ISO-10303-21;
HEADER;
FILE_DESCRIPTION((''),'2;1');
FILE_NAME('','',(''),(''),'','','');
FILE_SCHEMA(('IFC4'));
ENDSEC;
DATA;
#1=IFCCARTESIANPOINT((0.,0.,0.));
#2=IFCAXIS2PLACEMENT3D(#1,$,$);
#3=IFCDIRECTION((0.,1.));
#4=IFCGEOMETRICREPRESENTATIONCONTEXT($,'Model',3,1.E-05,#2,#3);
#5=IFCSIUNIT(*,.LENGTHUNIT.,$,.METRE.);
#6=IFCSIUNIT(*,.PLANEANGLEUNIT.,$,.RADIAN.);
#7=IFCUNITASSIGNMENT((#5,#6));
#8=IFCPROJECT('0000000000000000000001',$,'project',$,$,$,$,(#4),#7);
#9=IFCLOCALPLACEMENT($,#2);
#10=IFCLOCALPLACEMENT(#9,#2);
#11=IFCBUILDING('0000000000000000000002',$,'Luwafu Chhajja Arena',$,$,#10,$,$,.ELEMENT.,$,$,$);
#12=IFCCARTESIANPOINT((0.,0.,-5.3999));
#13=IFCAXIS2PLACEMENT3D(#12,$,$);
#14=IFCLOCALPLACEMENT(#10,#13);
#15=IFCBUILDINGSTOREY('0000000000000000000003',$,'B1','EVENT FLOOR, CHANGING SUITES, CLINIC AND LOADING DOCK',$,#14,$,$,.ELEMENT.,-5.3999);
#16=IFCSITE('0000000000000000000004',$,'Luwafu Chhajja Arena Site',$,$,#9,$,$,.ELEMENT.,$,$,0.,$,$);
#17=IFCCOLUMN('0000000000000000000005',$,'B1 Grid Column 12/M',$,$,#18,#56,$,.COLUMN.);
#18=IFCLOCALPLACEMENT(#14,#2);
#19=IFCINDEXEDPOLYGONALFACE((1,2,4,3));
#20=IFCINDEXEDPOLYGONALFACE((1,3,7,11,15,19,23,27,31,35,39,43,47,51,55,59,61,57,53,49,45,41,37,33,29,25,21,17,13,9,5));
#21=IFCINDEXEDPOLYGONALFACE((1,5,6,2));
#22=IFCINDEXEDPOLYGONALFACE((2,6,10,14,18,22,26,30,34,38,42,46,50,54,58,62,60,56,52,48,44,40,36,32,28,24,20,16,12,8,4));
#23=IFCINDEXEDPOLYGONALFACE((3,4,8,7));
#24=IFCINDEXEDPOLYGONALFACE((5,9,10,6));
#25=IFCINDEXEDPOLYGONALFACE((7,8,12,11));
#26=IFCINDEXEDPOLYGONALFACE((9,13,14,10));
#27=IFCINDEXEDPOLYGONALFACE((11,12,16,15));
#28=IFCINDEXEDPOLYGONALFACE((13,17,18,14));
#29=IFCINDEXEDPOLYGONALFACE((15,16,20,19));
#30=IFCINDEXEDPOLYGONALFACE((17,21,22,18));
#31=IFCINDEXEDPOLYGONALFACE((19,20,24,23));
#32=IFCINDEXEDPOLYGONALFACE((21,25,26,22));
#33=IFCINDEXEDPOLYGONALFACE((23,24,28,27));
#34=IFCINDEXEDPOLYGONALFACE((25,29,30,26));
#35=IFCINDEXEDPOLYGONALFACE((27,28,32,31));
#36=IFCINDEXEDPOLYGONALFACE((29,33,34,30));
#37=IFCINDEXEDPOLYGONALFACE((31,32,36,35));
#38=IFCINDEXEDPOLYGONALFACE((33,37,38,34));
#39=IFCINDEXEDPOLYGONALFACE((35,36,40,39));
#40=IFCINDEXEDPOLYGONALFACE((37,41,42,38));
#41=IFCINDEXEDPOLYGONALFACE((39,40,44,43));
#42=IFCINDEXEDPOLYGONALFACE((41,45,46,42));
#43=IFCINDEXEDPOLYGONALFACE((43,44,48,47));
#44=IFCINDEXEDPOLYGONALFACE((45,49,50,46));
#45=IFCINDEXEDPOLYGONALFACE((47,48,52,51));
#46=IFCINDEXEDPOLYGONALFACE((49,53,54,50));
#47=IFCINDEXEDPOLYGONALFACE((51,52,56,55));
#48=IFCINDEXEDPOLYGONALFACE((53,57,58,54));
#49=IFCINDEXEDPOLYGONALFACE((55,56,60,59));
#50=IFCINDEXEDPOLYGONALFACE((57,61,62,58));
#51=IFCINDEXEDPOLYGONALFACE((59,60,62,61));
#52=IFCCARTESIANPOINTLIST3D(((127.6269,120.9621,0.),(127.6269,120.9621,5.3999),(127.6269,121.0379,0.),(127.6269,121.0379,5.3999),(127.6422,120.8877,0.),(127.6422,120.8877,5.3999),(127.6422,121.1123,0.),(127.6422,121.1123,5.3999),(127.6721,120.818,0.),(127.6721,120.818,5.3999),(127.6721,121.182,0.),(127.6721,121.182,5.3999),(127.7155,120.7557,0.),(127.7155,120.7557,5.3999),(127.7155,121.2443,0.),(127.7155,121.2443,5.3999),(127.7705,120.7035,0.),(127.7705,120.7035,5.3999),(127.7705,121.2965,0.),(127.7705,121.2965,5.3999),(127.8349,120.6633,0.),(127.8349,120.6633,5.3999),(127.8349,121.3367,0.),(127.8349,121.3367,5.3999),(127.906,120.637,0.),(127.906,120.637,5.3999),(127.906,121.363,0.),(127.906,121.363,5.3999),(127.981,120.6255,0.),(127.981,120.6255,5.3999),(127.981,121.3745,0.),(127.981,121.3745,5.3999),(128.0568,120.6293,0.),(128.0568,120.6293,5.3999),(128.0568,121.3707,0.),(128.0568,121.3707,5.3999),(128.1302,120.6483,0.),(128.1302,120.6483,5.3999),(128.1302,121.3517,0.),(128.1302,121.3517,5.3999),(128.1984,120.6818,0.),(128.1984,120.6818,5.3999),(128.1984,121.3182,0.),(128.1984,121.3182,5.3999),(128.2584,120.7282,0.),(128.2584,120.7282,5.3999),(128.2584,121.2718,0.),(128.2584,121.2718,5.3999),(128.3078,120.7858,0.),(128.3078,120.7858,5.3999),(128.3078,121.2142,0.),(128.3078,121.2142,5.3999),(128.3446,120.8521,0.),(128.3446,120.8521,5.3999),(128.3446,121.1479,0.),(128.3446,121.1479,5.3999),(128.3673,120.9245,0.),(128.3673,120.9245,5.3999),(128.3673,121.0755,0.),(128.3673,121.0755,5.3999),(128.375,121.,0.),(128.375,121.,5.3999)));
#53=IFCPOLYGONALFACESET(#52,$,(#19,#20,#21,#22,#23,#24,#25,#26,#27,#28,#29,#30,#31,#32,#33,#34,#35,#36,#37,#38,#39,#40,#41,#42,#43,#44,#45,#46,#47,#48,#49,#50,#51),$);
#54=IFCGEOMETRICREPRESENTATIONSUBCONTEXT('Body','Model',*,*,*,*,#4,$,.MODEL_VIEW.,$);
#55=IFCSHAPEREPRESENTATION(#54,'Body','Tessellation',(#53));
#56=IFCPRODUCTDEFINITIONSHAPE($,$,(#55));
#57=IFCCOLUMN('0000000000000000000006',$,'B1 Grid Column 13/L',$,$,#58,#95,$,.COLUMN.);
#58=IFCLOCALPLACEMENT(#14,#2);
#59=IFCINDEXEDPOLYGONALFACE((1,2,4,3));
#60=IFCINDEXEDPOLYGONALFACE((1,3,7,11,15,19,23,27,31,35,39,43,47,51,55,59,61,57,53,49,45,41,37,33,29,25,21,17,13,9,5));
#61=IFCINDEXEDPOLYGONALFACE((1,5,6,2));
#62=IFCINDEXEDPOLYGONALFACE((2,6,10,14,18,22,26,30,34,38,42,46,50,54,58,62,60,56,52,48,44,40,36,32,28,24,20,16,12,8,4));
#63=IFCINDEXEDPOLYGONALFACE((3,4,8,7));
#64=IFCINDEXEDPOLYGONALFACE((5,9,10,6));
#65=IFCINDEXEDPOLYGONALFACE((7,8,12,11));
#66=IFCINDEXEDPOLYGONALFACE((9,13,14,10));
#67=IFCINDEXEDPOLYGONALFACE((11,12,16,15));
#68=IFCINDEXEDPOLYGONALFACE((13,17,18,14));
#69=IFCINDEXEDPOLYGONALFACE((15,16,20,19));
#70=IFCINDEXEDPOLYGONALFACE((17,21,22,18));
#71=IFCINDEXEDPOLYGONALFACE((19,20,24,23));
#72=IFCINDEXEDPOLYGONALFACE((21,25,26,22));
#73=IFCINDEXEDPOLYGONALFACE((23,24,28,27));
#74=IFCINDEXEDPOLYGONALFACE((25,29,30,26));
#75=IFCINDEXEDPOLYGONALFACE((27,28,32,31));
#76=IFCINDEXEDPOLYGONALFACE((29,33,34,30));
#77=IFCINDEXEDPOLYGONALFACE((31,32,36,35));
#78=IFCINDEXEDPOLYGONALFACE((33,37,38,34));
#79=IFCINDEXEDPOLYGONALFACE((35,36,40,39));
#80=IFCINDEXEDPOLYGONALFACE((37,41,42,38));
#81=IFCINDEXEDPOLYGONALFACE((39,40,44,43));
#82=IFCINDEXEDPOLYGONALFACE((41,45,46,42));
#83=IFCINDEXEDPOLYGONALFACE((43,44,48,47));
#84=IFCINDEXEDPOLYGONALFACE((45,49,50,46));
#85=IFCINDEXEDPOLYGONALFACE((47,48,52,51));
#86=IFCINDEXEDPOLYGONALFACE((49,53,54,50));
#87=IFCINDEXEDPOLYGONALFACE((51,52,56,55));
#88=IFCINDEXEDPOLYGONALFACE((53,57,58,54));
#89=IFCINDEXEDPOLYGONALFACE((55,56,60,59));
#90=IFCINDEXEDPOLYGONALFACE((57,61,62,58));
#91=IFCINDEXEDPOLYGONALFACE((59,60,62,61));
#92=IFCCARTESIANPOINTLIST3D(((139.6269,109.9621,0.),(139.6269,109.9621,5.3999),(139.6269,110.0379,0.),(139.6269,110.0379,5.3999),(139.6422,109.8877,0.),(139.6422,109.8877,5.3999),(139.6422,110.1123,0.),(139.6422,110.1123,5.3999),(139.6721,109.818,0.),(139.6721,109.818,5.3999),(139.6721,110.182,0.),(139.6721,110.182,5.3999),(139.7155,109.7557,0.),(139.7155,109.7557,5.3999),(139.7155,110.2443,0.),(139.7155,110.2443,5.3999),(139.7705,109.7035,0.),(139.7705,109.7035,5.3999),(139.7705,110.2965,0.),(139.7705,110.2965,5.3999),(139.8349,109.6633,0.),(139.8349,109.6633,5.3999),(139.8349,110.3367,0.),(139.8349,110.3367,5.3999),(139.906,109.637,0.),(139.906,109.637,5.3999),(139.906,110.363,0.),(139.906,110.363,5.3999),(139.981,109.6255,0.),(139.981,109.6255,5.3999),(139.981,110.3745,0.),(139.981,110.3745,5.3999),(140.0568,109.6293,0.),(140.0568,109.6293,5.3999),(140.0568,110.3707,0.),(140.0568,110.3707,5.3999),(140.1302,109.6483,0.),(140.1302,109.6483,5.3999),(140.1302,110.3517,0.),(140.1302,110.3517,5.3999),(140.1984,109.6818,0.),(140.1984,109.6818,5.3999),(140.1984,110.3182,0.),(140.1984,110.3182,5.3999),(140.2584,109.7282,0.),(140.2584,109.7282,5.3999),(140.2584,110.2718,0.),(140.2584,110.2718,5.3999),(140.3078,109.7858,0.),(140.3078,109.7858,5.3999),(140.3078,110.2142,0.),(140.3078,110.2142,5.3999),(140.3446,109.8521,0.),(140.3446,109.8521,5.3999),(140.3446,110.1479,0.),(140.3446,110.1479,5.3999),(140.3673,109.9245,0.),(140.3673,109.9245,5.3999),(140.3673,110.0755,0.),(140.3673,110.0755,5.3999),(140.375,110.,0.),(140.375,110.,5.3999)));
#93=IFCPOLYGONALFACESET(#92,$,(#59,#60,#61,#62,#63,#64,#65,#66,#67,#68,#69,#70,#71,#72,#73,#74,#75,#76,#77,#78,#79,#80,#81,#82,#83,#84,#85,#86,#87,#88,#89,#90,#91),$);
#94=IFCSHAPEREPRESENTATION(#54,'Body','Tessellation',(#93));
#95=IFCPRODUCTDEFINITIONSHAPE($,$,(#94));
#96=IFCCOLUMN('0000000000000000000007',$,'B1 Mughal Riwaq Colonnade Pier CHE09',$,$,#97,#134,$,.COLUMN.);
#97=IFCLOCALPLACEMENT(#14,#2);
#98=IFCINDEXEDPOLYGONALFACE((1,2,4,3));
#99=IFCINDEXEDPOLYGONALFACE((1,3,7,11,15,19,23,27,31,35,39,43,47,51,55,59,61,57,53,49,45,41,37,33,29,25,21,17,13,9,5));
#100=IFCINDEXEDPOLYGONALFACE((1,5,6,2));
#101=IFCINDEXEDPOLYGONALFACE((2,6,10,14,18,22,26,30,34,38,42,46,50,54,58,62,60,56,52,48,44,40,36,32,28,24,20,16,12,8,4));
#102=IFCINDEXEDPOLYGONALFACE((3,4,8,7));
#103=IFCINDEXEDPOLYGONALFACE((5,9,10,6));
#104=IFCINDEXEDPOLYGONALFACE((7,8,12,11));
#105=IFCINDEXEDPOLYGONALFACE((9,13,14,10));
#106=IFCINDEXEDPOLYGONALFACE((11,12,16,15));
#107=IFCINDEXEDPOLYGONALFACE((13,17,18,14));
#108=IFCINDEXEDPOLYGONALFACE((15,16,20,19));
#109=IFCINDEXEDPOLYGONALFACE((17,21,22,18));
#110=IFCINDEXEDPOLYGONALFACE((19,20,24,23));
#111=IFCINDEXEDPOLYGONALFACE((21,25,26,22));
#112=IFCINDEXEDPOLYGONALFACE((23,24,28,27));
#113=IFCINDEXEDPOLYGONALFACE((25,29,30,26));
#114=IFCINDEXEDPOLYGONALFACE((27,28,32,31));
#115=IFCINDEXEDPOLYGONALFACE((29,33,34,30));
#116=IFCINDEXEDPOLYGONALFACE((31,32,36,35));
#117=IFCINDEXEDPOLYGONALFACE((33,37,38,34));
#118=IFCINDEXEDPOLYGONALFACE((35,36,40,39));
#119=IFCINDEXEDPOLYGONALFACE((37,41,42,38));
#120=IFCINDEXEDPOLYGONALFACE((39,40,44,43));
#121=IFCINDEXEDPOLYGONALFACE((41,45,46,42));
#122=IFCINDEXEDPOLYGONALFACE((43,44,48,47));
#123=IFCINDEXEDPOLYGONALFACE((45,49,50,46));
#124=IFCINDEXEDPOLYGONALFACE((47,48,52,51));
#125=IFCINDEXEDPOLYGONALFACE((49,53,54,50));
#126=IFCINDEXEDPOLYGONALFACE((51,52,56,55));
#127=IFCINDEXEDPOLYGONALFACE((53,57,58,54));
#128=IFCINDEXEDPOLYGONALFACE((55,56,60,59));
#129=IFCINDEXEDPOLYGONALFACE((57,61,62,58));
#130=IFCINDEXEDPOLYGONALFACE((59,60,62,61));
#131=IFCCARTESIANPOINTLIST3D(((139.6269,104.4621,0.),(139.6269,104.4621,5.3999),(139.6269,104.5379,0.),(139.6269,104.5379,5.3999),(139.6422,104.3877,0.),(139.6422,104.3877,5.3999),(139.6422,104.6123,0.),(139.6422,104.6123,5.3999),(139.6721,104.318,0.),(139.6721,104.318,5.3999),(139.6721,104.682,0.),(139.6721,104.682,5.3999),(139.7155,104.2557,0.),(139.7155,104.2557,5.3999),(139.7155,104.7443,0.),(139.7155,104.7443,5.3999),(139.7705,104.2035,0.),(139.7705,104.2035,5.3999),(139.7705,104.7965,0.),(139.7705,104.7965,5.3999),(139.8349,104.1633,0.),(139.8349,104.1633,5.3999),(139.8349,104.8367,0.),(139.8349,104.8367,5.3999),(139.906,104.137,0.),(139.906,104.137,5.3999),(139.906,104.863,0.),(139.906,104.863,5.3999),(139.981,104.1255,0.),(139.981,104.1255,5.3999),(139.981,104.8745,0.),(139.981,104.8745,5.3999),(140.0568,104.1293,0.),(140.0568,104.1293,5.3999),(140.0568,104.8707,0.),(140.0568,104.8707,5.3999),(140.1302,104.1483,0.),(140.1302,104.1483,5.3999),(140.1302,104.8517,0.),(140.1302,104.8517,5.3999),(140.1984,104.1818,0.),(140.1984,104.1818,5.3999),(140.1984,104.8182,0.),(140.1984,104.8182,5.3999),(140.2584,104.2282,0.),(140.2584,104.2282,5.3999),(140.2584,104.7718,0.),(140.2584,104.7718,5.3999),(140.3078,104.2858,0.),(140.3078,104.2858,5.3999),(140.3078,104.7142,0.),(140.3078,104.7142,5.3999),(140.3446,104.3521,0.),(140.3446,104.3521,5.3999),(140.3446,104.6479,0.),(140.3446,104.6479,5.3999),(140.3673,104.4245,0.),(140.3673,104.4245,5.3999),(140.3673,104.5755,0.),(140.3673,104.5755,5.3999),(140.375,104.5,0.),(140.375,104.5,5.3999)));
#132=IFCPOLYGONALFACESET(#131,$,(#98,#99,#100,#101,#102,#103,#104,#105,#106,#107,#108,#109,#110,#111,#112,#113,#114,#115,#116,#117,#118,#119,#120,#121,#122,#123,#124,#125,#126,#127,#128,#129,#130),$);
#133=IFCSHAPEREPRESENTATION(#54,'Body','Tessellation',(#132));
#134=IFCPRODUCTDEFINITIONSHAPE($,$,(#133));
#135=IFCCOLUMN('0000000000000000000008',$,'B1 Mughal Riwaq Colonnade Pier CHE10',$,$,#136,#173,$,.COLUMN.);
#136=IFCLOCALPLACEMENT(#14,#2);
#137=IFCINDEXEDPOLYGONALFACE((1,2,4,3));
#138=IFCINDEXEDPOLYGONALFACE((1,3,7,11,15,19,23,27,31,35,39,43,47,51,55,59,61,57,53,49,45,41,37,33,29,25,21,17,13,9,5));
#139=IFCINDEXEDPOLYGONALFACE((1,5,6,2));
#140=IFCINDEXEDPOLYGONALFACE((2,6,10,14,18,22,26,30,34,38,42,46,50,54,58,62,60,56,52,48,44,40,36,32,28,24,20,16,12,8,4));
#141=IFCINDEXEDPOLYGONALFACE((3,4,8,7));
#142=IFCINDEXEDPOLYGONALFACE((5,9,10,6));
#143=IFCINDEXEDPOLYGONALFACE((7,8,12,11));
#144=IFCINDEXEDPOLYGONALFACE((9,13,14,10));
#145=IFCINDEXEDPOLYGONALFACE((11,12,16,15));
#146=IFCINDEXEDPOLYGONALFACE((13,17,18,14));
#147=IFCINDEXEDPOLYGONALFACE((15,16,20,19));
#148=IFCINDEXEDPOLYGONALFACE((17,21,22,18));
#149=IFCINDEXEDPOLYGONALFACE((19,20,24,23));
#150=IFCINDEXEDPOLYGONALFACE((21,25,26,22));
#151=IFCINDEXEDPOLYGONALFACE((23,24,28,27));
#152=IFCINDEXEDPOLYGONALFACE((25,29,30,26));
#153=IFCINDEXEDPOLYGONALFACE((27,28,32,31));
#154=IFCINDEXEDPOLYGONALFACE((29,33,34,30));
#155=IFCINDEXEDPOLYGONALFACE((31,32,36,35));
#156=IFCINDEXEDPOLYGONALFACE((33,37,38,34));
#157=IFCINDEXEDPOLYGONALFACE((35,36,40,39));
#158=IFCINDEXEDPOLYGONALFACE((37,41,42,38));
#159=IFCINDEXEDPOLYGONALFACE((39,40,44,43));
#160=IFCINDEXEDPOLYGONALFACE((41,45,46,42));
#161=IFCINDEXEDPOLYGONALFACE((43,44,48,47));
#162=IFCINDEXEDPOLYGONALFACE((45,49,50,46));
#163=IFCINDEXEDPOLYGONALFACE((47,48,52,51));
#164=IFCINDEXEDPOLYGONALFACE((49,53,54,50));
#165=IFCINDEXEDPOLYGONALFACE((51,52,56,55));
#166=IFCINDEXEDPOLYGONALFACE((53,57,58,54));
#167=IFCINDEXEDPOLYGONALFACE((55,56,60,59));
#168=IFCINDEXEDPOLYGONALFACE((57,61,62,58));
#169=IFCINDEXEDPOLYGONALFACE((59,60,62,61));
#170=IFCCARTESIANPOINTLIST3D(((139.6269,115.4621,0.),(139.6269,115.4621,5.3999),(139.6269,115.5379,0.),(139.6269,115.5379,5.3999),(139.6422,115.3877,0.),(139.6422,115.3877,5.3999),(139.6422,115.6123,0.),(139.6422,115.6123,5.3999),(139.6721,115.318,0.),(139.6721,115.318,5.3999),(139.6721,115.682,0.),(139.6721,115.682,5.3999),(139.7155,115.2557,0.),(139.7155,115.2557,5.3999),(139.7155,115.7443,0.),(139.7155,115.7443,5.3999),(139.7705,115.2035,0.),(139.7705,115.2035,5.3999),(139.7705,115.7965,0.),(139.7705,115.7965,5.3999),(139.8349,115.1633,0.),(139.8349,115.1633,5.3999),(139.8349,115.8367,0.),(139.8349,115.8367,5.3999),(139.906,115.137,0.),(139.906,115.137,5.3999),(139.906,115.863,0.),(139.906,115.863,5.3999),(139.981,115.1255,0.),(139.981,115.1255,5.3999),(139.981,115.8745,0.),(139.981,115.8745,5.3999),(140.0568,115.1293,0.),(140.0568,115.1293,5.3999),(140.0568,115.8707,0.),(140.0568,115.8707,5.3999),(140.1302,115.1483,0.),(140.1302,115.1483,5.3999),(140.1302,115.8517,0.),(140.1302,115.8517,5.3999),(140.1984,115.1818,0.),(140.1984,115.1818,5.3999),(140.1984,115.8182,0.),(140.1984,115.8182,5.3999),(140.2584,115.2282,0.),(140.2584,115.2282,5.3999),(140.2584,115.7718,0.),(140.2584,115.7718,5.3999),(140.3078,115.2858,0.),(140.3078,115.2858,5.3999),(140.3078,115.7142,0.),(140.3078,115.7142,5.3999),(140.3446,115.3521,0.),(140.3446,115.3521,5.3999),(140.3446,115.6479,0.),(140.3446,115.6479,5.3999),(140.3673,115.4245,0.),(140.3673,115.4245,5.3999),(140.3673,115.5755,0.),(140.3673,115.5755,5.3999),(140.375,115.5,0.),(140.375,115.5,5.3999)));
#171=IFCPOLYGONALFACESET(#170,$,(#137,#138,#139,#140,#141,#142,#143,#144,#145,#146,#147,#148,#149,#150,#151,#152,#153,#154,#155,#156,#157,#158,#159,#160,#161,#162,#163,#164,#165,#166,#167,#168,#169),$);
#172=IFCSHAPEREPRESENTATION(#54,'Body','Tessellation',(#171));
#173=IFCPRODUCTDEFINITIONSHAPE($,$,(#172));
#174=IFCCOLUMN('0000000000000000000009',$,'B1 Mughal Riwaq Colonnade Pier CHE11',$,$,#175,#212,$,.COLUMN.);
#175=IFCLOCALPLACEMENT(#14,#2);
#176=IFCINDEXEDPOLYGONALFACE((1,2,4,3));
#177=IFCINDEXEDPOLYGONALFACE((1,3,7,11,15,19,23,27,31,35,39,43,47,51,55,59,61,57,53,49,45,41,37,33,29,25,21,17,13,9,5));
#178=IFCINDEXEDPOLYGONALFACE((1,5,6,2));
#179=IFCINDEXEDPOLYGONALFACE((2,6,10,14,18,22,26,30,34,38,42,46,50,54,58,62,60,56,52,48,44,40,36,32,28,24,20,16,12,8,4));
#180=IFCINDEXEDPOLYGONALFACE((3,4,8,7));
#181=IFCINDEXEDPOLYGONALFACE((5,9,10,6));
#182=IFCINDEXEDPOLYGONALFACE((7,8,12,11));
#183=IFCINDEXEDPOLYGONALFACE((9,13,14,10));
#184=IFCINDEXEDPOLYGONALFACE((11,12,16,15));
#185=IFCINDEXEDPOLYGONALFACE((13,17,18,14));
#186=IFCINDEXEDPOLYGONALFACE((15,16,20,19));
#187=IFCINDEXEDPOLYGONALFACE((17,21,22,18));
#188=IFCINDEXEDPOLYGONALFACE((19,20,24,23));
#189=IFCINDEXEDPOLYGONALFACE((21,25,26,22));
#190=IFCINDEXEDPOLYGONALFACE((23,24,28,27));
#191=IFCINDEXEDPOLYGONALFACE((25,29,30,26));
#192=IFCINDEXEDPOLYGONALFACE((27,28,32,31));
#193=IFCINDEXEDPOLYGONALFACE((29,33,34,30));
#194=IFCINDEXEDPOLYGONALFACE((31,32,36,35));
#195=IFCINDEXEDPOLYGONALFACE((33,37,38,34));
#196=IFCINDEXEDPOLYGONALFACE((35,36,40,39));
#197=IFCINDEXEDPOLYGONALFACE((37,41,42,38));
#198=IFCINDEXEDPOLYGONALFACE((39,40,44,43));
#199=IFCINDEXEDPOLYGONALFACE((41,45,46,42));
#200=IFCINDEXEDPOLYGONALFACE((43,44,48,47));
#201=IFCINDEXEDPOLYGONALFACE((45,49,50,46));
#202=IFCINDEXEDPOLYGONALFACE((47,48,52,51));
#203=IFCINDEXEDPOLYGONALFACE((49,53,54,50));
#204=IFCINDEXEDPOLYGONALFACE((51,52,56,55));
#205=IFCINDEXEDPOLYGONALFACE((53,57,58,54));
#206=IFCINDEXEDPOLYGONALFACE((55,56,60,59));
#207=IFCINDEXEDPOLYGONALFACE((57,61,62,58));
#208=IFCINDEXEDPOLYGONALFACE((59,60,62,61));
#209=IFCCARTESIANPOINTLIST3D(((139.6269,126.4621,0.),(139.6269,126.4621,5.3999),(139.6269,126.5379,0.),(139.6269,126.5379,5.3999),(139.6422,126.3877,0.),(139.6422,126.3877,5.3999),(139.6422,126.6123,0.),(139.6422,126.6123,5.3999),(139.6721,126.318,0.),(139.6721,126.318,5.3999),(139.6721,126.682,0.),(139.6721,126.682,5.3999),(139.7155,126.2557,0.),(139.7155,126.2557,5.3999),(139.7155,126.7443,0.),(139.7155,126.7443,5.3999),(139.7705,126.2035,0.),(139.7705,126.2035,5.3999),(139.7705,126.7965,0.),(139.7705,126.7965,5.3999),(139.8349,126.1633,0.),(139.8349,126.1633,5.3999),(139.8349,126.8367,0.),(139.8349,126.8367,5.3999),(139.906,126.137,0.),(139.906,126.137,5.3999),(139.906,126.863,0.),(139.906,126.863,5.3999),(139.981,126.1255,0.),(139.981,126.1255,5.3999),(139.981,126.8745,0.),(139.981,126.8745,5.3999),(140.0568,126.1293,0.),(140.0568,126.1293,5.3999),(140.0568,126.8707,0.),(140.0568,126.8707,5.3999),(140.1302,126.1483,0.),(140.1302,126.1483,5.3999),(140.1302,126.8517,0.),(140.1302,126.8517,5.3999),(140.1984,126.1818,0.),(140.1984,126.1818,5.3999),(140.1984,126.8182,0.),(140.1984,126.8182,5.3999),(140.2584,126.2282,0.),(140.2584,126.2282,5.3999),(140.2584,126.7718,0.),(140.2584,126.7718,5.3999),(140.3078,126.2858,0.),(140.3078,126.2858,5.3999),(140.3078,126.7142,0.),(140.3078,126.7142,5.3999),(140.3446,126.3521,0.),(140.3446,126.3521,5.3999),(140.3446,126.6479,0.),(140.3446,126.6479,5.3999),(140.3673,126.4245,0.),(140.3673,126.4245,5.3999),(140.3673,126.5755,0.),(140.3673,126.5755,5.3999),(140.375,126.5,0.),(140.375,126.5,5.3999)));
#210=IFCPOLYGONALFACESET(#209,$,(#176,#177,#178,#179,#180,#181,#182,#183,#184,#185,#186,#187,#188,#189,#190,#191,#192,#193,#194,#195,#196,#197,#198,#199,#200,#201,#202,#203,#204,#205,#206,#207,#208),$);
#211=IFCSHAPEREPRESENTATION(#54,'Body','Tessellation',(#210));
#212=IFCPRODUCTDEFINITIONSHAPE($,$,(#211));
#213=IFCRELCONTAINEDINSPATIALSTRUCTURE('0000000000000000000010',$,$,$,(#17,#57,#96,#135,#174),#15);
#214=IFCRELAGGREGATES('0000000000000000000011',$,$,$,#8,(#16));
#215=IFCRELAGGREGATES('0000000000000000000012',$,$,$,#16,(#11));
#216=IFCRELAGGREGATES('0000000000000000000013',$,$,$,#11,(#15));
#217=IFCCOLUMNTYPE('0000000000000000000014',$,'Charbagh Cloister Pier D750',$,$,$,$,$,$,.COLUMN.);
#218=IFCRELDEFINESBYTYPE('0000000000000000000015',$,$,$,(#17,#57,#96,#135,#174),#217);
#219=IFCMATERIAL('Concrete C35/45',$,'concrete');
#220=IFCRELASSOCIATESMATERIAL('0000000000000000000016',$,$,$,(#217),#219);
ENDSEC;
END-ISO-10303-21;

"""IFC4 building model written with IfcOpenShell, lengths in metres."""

from ifc_helpers import new_model, si_unit, direction, frame, origin, origin_2d, place, context, subcontext, project, spatial, circle, extrude, material, material_profile, profile_set, type_object, element, save


model = new_model("IFC4")

# Units and contexts
model_context = context("Model", 3, precision=1e-05, world=origin(), true_north=direction((0.0, 1.0)))
body_context = subcontext(model_context, "Body", "Model", "MODEL_VIEW")
ifc_project = project(units=[si_unit("LENGTHUNIT", "METRE"), si_unit("PLANEANGLEUNIT", "RADIAN")], contexts=[model_context])

# Site, building, storey
site_placement = place(None, origin())
site = spatial("IfcSite", under=ifc_project, at=site_placement, Name="Luwafu Chhajja Arena Site", CompositionType="ELEMENT", RefElevation=0.0)
building_placement = place(site_placement, origin())
building = spatial("IfcBuilding", under=site, at=building_placement, Name="Luwafu Chhajja Arena", CompositionType="ELEMENT")
storey_placement = place(building_placement, frame((0.0, 0.0, -5.3999)))
storey = spatial("IfcBuildingStorey", under=building, at=storey_placement, Name="B1", Description="EVENT FLOOR, CHANGING SUITES, CLINIC AND LOADING DOCK", CompositionType="ELEMENT", Elevation=-5.3999)

# Shared definitions
ifc_material_1 = material(Name="Concrete C35/45", Category="concrete")

# Columns
ifc_material_profile_1 = material_profile(ifc_material_1, circle(Radius=0.375, at=origin_2d()), Name="RC COL D750")
ifc_profile_set_1 = profile_set([ifc_material_profile_1], Name="Concrete C35/45")
column_type_1 = type_object("IfcColumnType", Name="Charbagh Cloister Pier D750", PredefinedType="COLUMN", material=ifc_profile_set_1)
for number, where, z_axis, x_axis, name in (
    (1, (128.0, 121.0, 0.0), (0.0, 0.0, 1.0), (1.0, 0.0, 0.0), "B1 Grid Column 12/M"),
    (2, (140.0, 110.0, 0.0), (0.0, 0.0, 1.0), (1.0, 0.0, 0.0), "B1 Grid Column 13/L"),
    (3, (140.0, 104.5, 0.0), (0.0, 0.0, 1.0), (1.0, 0.0, 0.0), "B1 Mughal Riwaq Colonnade Pier CHE09"),
    (4, (140.0, 115.5, 0.0), (0.0, 0.0, 1.0), (1.0, 0.0, 0.0), "B1 Mughal Riwaq Colonnade Pier CHE10"),
    (5, (140.0, 126.5, 0.0), (0.0, 0.0, 1.0), (1.0, 0.0, 0.0), "B1 Mughal Riwaq Colonnade Pier CHE11"),
):
    element("IfcColumn", number, at=place(storey_placement, frame(where, z_axis=z_axis, x_axis=x_axis)), inside=storey, type_object=column_type_1, Name=name, PredefinedType="COLUMN", context=body_context, shape_type="SweptSolid", body=[
        extrude(circle(Radius=0.375, at=origin_2d()), origin(), (0.0, 0.0, 1.0), 5.3999),
    ])

save(model, "model.ifc")
